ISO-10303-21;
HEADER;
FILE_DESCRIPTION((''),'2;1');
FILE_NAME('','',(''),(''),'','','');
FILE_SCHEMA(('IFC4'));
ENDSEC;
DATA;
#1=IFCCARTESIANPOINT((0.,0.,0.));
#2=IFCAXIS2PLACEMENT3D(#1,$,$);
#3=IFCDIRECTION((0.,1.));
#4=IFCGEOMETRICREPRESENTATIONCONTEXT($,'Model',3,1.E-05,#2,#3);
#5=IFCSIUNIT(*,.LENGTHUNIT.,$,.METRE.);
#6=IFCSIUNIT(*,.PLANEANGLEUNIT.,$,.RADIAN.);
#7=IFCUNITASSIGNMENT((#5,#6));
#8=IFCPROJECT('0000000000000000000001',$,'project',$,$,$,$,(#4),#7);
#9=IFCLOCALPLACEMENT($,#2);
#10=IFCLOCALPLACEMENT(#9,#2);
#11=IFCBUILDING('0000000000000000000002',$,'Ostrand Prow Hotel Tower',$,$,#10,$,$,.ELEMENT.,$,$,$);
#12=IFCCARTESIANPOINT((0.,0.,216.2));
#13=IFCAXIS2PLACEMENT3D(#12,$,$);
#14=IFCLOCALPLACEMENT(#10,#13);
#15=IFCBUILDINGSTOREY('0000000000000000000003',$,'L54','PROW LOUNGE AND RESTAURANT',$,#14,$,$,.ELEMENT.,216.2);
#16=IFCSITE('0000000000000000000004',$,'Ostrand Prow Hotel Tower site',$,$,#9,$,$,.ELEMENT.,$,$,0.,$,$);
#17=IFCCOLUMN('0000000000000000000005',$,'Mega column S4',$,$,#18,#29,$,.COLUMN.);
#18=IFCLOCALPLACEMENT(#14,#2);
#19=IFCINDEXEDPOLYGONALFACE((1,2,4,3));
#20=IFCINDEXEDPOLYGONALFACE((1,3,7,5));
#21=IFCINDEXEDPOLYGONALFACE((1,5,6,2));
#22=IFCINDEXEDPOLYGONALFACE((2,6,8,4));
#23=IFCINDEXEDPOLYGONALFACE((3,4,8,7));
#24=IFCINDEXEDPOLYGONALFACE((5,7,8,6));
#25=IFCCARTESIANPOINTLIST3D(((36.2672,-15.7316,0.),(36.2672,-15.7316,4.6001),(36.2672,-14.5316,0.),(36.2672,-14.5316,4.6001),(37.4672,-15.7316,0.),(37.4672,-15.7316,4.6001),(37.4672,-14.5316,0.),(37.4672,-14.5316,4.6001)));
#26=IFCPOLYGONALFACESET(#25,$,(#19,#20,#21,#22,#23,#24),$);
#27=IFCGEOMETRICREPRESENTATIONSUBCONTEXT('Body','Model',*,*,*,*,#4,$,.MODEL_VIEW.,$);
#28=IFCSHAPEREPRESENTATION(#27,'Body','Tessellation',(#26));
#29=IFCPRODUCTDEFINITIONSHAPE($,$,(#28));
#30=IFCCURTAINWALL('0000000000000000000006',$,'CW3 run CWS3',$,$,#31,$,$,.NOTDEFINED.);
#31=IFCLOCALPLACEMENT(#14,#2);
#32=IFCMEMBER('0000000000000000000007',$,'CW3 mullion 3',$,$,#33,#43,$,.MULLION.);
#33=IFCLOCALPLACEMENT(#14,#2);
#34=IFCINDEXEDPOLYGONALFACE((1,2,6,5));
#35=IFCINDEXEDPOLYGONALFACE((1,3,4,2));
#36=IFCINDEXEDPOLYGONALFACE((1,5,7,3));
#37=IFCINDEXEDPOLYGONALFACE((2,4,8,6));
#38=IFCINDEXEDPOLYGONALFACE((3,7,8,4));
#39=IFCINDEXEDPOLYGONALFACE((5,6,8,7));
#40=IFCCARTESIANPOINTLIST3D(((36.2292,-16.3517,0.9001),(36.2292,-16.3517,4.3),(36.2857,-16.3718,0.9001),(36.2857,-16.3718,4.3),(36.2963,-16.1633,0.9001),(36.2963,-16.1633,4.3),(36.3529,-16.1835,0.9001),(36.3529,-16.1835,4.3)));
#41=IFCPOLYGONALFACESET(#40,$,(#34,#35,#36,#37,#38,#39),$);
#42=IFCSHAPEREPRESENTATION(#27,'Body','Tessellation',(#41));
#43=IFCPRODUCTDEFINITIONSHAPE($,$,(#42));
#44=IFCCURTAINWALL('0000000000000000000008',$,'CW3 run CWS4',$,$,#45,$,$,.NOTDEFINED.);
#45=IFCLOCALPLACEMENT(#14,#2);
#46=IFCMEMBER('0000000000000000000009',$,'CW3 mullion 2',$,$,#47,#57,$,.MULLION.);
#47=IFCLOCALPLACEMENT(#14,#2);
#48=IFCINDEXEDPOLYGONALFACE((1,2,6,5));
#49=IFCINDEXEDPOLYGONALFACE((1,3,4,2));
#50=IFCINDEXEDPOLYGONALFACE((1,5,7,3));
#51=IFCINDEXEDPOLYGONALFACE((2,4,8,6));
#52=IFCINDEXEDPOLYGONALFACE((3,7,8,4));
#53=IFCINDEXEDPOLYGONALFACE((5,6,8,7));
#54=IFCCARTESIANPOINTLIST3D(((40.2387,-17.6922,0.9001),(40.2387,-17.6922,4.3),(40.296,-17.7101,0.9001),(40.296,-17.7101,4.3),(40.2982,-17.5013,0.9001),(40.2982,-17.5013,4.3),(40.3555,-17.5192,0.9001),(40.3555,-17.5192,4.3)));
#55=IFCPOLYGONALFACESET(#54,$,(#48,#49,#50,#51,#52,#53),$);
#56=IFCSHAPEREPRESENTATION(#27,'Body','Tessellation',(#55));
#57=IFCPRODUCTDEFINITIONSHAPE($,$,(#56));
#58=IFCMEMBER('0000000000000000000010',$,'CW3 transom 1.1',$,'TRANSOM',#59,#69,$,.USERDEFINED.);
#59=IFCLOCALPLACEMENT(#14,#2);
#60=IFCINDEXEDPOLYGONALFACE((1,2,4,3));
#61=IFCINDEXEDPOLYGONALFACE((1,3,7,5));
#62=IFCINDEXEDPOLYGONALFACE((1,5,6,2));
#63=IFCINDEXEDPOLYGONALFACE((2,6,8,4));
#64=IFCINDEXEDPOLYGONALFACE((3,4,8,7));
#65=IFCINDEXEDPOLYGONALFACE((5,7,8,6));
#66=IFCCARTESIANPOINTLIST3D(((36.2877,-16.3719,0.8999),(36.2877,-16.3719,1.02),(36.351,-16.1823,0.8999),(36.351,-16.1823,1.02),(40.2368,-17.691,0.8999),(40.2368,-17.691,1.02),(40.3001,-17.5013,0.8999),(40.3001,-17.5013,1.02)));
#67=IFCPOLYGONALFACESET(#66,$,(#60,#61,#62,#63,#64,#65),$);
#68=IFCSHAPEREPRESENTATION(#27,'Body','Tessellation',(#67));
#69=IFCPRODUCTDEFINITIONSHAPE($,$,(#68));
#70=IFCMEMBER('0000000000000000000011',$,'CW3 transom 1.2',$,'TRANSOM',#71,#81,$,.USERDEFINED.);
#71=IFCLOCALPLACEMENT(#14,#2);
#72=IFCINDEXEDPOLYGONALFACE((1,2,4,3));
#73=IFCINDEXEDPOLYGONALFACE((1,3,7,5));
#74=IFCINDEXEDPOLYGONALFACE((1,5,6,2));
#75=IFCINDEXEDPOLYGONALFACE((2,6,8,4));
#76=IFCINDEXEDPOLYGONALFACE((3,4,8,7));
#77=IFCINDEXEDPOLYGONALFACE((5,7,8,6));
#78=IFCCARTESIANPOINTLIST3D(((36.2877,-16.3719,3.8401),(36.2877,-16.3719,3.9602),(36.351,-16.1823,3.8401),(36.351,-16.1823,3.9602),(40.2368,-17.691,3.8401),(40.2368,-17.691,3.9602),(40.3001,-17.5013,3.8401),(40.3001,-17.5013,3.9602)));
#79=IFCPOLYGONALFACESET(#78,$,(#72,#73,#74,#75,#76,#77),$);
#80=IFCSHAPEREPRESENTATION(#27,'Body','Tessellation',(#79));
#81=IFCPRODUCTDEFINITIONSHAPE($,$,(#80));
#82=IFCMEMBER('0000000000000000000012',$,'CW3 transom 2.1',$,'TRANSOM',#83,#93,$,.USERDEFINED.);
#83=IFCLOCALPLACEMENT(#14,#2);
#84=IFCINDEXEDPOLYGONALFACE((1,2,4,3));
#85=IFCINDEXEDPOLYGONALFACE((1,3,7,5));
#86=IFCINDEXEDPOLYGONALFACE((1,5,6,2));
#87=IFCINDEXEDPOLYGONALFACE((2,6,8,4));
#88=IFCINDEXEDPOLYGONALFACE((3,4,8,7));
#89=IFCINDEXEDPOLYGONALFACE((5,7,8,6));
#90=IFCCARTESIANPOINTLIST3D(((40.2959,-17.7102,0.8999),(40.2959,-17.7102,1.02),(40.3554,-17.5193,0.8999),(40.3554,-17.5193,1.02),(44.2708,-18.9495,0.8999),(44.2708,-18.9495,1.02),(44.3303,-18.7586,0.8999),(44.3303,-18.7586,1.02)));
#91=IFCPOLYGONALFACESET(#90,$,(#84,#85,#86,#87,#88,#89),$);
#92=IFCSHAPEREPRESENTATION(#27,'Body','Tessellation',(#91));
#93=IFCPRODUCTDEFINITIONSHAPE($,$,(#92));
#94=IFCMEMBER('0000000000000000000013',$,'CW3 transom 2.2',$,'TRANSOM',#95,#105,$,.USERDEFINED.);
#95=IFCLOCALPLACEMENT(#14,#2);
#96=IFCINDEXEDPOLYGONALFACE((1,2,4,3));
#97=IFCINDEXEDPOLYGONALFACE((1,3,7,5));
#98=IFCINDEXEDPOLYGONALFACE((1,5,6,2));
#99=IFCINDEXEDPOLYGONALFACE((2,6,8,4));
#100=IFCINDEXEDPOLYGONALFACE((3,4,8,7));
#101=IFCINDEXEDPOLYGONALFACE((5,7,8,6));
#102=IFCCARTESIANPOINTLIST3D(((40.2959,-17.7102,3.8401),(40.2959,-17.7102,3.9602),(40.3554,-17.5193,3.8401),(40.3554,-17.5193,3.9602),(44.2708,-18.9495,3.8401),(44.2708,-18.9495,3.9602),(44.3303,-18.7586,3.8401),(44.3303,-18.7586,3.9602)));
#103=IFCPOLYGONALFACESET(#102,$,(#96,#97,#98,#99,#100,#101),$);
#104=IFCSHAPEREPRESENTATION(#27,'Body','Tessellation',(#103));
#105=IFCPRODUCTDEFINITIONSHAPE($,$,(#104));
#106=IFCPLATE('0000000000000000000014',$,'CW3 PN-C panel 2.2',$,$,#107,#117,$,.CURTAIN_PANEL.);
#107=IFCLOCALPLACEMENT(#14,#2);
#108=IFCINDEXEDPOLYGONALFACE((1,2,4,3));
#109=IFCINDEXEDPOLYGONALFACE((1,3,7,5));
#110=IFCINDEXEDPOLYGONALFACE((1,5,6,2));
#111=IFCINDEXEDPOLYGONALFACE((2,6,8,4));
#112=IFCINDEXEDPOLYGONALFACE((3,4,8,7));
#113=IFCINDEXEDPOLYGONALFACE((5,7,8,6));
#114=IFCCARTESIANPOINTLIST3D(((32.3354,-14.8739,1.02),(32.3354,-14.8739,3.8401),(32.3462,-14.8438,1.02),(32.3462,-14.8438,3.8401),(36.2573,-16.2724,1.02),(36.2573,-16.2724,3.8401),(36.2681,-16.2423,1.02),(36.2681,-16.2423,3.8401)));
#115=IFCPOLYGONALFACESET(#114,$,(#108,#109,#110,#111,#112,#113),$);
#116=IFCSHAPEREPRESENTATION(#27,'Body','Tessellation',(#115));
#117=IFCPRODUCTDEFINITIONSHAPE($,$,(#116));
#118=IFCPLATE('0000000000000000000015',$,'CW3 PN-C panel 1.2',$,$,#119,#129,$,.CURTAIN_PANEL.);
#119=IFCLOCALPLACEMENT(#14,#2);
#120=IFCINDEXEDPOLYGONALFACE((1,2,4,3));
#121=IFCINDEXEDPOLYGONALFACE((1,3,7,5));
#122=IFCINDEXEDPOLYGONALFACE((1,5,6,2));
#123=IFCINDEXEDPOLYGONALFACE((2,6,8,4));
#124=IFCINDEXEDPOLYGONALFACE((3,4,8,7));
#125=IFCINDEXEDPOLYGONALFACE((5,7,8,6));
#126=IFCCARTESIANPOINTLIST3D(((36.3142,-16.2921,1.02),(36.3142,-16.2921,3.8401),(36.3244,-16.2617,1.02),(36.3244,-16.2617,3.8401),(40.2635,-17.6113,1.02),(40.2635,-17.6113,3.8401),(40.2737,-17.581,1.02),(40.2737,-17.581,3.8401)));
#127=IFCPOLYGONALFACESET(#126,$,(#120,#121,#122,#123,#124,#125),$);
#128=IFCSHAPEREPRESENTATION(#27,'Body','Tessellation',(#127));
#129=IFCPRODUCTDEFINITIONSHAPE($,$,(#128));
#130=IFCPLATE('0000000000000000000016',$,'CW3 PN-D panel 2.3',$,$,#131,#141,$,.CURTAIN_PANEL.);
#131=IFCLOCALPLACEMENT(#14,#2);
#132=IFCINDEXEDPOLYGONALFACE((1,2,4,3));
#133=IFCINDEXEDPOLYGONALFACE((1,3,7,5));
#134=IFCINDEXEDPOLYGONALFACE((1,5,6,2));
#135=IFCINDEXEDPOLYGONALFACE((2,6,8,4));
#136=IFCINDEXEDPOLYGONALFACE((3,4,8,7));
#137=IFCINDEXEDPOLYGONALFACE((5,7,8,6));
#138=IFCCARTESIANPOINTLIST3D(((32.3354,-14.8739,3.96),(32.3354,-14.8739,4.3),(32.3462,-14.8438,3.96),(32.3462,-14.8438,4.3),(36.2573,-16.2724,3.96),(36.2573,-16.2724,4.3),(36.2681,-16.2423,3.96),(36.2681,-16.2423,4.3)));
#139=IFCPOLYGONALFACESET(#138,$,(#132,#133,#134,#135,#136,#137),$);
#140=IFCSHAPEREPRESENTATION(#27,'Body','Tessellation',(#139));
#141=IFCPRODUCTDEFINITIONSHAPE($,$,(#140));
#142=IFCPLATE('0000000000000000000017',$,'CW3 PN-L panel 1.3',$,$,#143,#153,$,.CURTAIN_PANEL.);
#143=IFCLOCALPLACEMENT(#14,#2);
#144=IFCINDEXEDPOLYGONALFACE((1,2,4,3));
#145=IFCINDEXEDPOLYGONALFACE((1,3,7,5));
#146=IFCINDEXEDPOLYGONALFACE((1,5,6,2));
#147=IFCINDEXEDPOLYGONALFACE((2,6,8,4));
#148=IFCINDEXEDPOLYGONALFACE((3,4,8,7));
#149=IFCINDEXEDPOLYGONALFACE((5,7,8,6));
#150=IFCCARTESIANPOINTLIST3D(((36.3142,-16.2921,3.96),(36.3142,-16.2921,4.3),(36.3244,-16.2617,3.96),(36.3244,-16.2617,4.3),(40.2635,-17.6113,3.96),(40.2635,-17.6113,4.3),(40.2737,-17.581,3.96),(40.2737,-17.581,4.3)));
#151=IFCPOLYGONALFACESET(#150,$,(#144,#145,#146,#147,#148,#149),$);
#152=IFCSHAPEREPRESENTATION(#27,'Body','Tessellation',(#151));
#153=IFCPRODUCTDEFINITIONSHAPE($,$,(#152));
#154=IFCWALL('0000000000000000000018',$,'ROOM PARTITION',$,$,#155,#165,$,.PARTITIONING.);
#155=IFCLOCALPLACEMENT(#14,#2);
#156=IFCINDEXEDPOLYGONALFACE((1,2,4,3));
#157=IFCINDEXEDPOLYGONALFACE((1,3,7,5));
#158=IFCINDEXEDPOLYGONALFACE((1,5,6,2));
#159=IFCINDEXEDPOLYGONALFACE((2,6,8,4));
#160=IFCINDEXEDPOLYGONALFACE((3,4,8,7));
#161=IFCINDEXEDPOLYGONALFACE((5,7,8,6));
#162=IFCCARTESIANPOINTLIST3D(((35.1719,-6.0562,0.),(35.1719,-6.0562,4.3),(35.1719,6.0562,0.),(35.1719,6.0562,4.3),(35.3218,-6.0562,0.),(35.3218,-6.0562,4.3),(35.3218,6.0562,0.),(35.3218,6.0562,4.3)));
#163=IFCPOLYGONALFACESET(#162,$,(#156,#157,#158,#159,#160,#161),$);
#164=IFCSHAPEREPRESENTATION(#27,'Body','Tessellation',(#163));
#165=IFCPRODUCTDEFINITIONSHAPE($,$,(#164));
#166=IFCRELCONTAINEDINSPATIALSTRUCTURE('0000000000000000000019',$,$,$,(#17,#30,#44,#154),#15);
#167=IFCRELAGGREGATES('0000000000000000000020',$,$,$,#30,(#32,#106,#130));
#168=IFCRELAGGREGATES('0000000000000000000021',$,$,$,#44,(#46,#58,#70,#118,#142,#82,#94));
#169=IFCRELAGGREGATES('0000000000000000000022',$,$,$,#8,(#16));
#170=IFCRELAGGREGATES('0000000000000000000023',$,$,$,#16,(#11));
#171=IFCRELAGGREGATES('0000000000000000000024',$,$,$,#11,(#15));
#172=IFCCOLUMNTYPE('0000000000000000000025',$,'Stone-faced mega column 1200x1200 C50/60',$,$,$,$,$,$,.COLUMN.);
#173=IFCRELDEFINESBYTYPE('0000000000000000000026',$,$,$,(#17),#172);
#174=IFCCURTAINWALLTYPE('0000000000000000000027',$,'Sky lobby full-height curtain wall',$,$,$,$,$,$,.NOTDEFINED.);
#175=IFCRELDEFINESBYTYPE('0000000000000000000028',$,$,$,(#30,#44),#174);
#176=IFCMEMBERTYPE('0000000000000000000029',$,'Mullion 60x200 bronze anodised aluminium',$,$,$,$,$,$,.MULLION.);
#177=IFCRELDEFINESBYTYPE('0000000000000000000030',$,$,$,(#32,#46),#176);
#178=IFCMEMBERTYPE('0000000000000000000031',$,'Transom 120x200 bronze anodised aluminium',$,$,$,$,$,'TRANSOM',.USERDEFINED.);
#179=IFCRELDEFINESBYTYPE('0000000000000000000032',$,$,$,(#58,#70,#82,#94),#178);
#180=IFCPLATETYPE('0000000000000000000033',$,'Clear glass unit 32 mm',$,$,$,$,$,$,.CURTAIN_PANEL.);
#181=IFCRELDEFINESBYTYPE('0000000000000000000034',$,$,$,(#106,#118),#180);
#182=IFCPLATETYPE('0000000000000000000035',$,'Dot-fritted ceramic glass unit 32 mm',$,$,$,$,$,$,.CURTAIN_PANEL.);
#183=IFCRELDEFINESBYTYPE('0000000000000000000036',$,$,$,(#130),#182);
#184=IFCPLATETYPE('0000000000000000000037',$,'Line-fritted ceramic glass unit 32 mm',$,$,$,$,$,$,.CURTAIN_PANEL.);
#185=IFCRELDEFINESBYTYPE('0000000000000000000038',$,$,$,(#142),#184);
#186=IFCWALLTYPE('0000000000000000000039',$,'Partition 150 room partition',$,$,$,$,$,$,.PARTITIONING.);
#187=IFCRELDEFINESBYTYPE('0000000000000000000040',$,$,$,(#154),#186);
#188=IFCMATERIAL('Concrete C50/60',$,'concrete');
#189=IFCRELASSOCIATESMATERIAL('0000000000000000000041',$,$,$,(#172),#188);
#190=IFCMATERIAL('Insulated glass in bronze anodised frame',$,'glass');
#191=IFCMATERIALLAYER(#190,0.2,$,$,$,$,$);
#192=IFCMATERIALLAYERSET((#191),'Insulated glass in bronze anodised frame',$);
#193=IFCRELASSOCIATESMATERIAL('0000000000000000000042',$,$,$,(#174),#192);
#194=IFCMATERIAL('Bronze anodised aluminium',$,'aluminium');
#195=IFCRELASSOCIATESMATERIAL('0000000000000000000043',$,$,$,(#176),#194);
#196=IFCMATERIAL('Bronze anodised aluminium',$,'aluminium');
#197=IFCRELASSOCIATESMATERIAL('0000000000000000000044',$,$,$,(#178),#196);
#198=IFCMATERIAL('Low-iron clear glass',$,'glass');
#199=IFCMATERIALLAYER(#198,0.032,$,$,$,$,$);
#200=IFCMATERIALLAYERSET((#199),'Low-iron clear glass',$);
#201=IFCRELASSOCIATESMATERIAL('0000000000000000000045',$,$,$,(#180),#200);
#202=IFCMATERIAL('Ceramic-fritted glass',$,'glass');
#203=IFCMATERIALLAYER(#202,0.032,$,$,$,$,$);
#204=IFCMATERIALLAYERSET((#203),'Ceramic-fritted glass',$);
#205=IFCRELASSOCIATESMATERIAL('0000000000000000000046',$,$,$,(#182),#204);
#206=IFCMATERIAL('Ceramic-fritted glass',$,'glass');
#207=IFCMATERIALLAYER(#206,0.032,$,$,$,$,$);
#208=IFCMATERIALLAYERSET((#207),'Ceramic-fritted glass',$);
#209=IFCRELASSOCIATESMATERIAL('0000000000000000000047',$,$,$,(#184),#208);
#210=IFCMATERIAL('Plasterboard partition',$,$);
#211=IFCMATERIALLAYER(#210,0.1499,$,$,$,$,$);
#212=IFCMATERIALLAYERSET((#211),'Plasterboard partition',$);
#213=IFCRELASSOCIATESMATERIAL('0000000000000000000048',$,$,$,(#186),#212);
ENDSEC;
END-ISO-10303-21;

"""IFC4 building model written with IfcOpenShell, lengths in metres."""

from ifc_helpers import new_model, si_unit, direction, frame, frame_2d, origin, origin_2d, place, context, subcontext, project, spatial, rectangle, extrude, material, layer, layer_set, material_profile, profile_set, type_object, element, aggregate, save


model = new_model("IFC4")

# Units and contexts
model_context = context("Model", 3, precision=1e-05, world=origin(), true_north=direction((0.0, 1.0)))
body_context = subcontext(model_context, "Body", "Model", "MODEL_VIEW")
ifc_project = project(units=[si_unit("LENGTHUNIT", "METRE"), si_unit("PLANEANGLEUNIT", "RADIAN")], contexts=[model_context])

# Site, building, storey
site_placement = place(None, origin())
site = spatial("IfcSite", under=ifc_project, at=site_placement, Name="Ostrand Prow Hotel Tower site", CompositionType="ELEMENT", RefElevation=0.0)
building_placement = place(site_placement, origin())
building = spatial("IfcBuilding", under=site, at=building_placement, Name="Ostrand Prow Hotel Tower", CompositionType="ELEMENT")
storey_placement = place(building_placement, frame((0.0, 0.0, 216.2)))
storey = spatial("IfcBuildingStorey", under=building, at=storey_placement, Name="L54", Description="PROW LOUNGE AND RESTAURANT", CompositionType="ELEMENT", Elevation=216.2)

# Column
ifc_material_1 = material(Name="Concrete C50/60", Category="concrete")
ifc_material_profile_1 = material_profile(ifc_material_1, rectangle(XDim=1.2, YDim=1.2, at=origin_2d()), Name="RC 1200x1200")
ifc_profile_set_1 = profile_set([ifc_material_profile_1], Name="Concrete C50/60")
column_type = type_object("IfcColumnType", Name="Stone-faced mega column 1200x1200 C50/60", PredefinedType="COLUMN", material=ifc_profile_set_1)
column_placement = place(storey_placement, frame((36.8672, -15.1316, 0.0), z_axis=(0.0, 0.0, 1.0), x_axis=(1.0, 0.0, 0.0)))
element("IfcColumn", 1, at=column_placement, inside=storey, type_object=column_type, Name="Mega column S4", PredefinedType="COLUMN", context=body_context, shape_type="SweptSolid", body=[
    extrude(rectangle(XDim=1.2, YDim=1.2, at=origin_2d()), origin(), (0.0, 0.0, 1.0), 4.6001),
])

# Curtain wall, member
ifc_material_2 = material(Name="Insulated glass in bronze anodised frame", Category="glass")
ifc_layer_1 = layer(ifc_material_2, 0.2)
ifc_layer_set_1 = layer_set([ifc_layer_1], Name="Insulated glass in bronze anodised frame")
curtain_wall_type = type_object("IfcCurtainWallType", Name="Sky lobby full-height curtain wall", PredefinedType="NOTDEFINED", material=ifc_layer_set_1)
curtain_wall_1_placement = place(storey_placement, origin())
curtain_wall_1 = element("IfcCurtainWall", 2, at=curtain_wall_1_placement, inside=storey, type_object=curtain_wall_type, Name="CW3 run CWS3", PredefinedType="NOTDEFINED")
ifc_material_3 = material(Name="Bronze anodised aluminium", Category="aluminium")
ifc_material_profile_2 = material_profile(ifc_material_3, rectangle(XDim=0.2, YDim=0.0601, at=origin_2d()), Name="Mullion 60x200 bronze anodised aluminium")
ifc_profile_set_2 = profile_set([ifc_material_profile_2], Name="Bronze anodised aluminium")
member_type_1 = type_object("IfcMemberType", Name="Mullion 60x200 bronze anodised aluminium", PredefinedType="MULLION", material=ifc_profile_set_2)
member_1_placement = place(storey_placement, frame((36.291, -16.2676, 0.9001), z_axis=(0.0, 0.0, 1.0), x_axis=(0.335877, 0.941906, 0.0)))
member_1 = element("IfcMember", 3, at=member_1_placement, type_object=member_type_1, Name="CW3 mullion 3", PredefinedType="MULLION", context=body_context, shape_type="SweptSolid", body=[
    extrude(rectangle(XDim=0.2, YDim=0.0601, at=origin_2d()), origin(), (0.0, 0.0, 1.0), 3.3999),
])

# Curtain wall, members
curtain_wall_2_placement = place(storey_placement, origin())
curtain_wall_2 = element("IfcCurtainWall", 4, at=curtain_wall_2_placement, inside=storey, type_object=curtain_wall_type, Name="CW3 run CWS4", PredefinedType="NOTDEFINED")
member_2_placement = place(storey_placement, frame((40.2971, -17.6057, 0.9001), z_axis=(0.0, 0.0, 1.0), x_axis=(0.297678, 0.954666, 0.0)))
member_2 = element("IfcMember", 5, at=member_2_placement, type_object=member_type_1, Name="CW3 mullion 2", PredefinedType="MULLION", context=body_context, shape_type="SweptSolid", body=[
    extrude(rectangle(XDim=0.2, YDim=0.0601, at=origin_2d()), origin(), (0.0, 0.0, 1.0), 3.3999),
])
ifc_material_4 = material(Name="Bronze anodised aluminium", Category="aluminium")
ifc_material_profile_3 = material_profile(ifc_material_4, rectangle(XDim=0.2, YDim=0.1201, at=origin_2d()), Name="Transom 120x200 bronze anodised aluminium")
ifc_profile_set_3 = profile_set([ifc_material_profile_3], Name="Bronze anodised aluminium")
member_type_2 = type_object("IfcMemberType", Name="Transom 120x200 bronze anodised aluminium", ElementType="TRANSOM", PredefinedType="USERDEFINED", material=ifc_profile_set_3)
member_3_placement = place(storey_placement, frame((36.3193, -16.2771, 0.96), z_axis=(0.94849, -0.316808, 0.0), x_axis=(0.316808, 0.94849, 0.0)))
member_3 = element("IfcMember", 6, at=member_3_placement, type_object=member_type_2, Name="CW3 transom 1.1", ObjectType="TRANSOM", PredefinedType="USERDEFINED", context=body_context, shape_type="SweptSolid", body=[
    extrude(rectangle(XDim=0.2, YDim=0.1201, at=origin_2d()), origin(), (0.0, 0.0, 1.0), 4.1636),
])
member_4_placement = place(storey_placement, frame((36.3193, -16.2771, 3.9001), z_axis=(0.94849, -0.316808, 0.0), x_axis=(0.316808, 0.94849, 0.0)))
member_4 = element("IfcMember", 7, at=member_4_placement, type_object=member_type_2, Name="CW3 transom 1.2", ObjectType="TRANSOM", PredefinedType="USERDEFINED", context=body_context, shape_type="SweptSolid", body=[
    extrude(rectangle(XDim=0.2, YDim=0.1201, at=origin_2d()), origin(), (0.0, 0.0, 1.0), 4.1636),
])
member_5_placement = place(storey_placement, frame((40.3257, -17.6147, 0.96), z_axis=(0.954677, -0.297644, 0.0), x_axis=(0.297644, 0.954677, 0.0)))
member_5 = element("IfcMember", 8, at=member_5_placement, type_object=member_type_2, Name="CW3 transom 2.1", ObjectType="TRANSOM", PredefinedType="USERDEFINED", context=body_context, shape_type="SweptSolid", body=[
    extrude(rectangle(XDim=0.2, YDim=0.1201, at=origin_2d()), origin(), (0.0, 0.0, 1.0), 4.1636),
])
member_6_placement = place(storey_placement, frame((40.3257, -17.6147, 3.9001), z_axis=(0.954677, -0.297644, 0.0), x_axis=(0.297644, 0.954677, 0.0)))
member_6 = element("IfcMember", 9, at=member_6_placement, type_object=member_type_2, Name="CW3 transom 2.2", ObjectType="TRANSOM", PredefinedType="USERDEFINED", context=body_context, shape_type="SweptSolid", body=[
    extrude(rectangle(XDim=0.2, YDim=0.1201, at=origin_2d()), origin(), (0.0, 0.0, 1.0), 4.1636),
])

# Plates
ifc_material_5 = material(Name="Low-iron clear glass", Category="glass")
ifc_layer_2 = layer(ifc_material_5, 0.032)
ifc_layer_set_2 = layer_set([ifc_layer_2], Name="Low-iron clear glass")
plate_type_1 = type_object("IfcPlateType", Name="Clear glass unit 32 mm", PredefinedType="CURTAIN_PANEL", material=ifc_layer_set_2)
plate_1_placement = place(storey_placement, frame((34.3018, -15.5581, 1.02), z_axis=(0.0, 0.0, 1.0), x_axis=(0.941906, -0.335877, 0.0)))
plate_1 = element("IfcPlate", 10, at=plate_1_placement, type_object=plate_type_1, Name="CW3 PN-C panel 2.2", PredefinedType="CURTAIN_PANEL", context=body_context, shape_type="SweptSolid", body=[
    extrude(rectangle(XDim=4.1638, YDim=0.032, at=origin_2d()), origin(), (0.0, 0.0, 1.0), 2.8201),
])
plate_2_placement = place(storey_placement, frame((38.2939, -16.9365, 1.02), z_axis=(0.0, 0.0, 1.0), x_axis=(0.948479, -0.316841, 0.0)))
plate_2 = element("IfcPlate", 11, at=plate_2_placement, type_object=plate_type_1, Name="CW3 PN-C panel 1.2", PredefinedType="CURTAIN_PANEL", context=body_context, shape_type="SweptSolid", body=[
    extrude(rectangle(XDim=4.1638, YDim=0.032, at=origin_2d()), origin(), (0.0, 0.0, 1.0), 2.8201),
])
ifc_material_6 = material(Name="Ceramic-fritted glass", Category="glass")
ifc_layer_3 = layer(ifc_material_6, 0.032)
ifc_layer_set_3 = layer_set([ifc_layer_3], Name="Ceramic-fritted glass")
plate_type_2 = type_object("IfcPlateType", Name="Dot-fritted ceramic glass unit 32 mm", PredefinedType="CURTAIN_PANEL", material=ifc_layer_set_3)
plate_3_placement = place(storey_placement, frame((34.3018, -15.5581, 3.96), z_axis=(0.0, 0.0, 1.0), x_axis=(0.941906, -0.335877, 0.0)))
plate_3 = element("IfcPlate", 12, at=plate_3_placement, type_object=plate_type_2, Name="CW3 PN-D panel 2.3", PredefinedType="CURTAIN_PANEL", context=body_context, shape_type="SweptSolid", body=[
    extrude(rectangle(XDim=4.1638, YDim=0.032, at=origin_2d()), origin(), (0.0, 0.0, 1.0), 0.3401),
])
aggregate(curtain_wall_1, [member_1, plate_1, plate_3])
ifc_material_7 = material(Name="Ceramic-fritted glass", Category="glass")
ifc_layer_4 = layer(ifc_material_7, 0.032)
ifc_layer_set_4 = layer_set([ifc_layer_4], Name="Ceramic-fritted glass")
plate_type_3 = type_object("IfcPlateType", Name="Line-fritted ceramic glass unit 32 mm", PredefinedType="CURTAIN_PANEL", material=ifc_layer_set_4)
plate_4_placement = place(storey_placement, frame((38.2939, -16.9365, 3.96), z_axis=(0.0, 0.0, 1.0), x_axis=(0.948479, -0.316841, 0.0)))
plate_4 = element("IfcPlate", 13, at=plate_4_placement, type_object=plate_type_3, Name="CW3 PN-L panel 1.3", PredefinedType="CURTAIN_PANEL", context=body_context, shape_type="SweptSolid", body=[
    extrude(rectangle(XDim=4.1638, YDim=0.032, at=origin_2d()), origin(), (0.0, 0.0, 1.0), 0.3401),
])
aggregate(curtain_wall_2, [member_2, member_3, member_4, plate_2, plate_4, member_5, member_6])

# Wall
ifc_material_8 = material(Name="Plasterboard partition")
ifc_layer_5 = layer(ifc_material_8, 0.1499)
ifc_layer_set_5 = layer_set([ifc_layer_5], Name="Plasterboard partition")
wall_type_1 = type_object("IfcWallType", Name="Partition 150 room partition", PredefinedType="PARTITIONING", material=ifc_layer_set_5)
wall_1_placement = place(storey_placement, frame((35.2468, -6.0562, 0.0), z_axis=(0.0, 0.0, 1.0), x_axis=(0.0, 1.0, 0.0)))
element("IfcWall", 14, at=wall_1_placement, inside=storey, type_object=wall_type_1, Name="ROOM PARTITION", PredefinedType="PARTITIONING", context=body_context, shape_type="SweptSolid", body=[
    extrude(rectangle(XDim=12.1123, YDim=0.1499, at=frame_2d((6.0562, 0.0))), origin(), (0.0, 0.0, 1.0), 4.3),
])

save(model, "model.ifc")
